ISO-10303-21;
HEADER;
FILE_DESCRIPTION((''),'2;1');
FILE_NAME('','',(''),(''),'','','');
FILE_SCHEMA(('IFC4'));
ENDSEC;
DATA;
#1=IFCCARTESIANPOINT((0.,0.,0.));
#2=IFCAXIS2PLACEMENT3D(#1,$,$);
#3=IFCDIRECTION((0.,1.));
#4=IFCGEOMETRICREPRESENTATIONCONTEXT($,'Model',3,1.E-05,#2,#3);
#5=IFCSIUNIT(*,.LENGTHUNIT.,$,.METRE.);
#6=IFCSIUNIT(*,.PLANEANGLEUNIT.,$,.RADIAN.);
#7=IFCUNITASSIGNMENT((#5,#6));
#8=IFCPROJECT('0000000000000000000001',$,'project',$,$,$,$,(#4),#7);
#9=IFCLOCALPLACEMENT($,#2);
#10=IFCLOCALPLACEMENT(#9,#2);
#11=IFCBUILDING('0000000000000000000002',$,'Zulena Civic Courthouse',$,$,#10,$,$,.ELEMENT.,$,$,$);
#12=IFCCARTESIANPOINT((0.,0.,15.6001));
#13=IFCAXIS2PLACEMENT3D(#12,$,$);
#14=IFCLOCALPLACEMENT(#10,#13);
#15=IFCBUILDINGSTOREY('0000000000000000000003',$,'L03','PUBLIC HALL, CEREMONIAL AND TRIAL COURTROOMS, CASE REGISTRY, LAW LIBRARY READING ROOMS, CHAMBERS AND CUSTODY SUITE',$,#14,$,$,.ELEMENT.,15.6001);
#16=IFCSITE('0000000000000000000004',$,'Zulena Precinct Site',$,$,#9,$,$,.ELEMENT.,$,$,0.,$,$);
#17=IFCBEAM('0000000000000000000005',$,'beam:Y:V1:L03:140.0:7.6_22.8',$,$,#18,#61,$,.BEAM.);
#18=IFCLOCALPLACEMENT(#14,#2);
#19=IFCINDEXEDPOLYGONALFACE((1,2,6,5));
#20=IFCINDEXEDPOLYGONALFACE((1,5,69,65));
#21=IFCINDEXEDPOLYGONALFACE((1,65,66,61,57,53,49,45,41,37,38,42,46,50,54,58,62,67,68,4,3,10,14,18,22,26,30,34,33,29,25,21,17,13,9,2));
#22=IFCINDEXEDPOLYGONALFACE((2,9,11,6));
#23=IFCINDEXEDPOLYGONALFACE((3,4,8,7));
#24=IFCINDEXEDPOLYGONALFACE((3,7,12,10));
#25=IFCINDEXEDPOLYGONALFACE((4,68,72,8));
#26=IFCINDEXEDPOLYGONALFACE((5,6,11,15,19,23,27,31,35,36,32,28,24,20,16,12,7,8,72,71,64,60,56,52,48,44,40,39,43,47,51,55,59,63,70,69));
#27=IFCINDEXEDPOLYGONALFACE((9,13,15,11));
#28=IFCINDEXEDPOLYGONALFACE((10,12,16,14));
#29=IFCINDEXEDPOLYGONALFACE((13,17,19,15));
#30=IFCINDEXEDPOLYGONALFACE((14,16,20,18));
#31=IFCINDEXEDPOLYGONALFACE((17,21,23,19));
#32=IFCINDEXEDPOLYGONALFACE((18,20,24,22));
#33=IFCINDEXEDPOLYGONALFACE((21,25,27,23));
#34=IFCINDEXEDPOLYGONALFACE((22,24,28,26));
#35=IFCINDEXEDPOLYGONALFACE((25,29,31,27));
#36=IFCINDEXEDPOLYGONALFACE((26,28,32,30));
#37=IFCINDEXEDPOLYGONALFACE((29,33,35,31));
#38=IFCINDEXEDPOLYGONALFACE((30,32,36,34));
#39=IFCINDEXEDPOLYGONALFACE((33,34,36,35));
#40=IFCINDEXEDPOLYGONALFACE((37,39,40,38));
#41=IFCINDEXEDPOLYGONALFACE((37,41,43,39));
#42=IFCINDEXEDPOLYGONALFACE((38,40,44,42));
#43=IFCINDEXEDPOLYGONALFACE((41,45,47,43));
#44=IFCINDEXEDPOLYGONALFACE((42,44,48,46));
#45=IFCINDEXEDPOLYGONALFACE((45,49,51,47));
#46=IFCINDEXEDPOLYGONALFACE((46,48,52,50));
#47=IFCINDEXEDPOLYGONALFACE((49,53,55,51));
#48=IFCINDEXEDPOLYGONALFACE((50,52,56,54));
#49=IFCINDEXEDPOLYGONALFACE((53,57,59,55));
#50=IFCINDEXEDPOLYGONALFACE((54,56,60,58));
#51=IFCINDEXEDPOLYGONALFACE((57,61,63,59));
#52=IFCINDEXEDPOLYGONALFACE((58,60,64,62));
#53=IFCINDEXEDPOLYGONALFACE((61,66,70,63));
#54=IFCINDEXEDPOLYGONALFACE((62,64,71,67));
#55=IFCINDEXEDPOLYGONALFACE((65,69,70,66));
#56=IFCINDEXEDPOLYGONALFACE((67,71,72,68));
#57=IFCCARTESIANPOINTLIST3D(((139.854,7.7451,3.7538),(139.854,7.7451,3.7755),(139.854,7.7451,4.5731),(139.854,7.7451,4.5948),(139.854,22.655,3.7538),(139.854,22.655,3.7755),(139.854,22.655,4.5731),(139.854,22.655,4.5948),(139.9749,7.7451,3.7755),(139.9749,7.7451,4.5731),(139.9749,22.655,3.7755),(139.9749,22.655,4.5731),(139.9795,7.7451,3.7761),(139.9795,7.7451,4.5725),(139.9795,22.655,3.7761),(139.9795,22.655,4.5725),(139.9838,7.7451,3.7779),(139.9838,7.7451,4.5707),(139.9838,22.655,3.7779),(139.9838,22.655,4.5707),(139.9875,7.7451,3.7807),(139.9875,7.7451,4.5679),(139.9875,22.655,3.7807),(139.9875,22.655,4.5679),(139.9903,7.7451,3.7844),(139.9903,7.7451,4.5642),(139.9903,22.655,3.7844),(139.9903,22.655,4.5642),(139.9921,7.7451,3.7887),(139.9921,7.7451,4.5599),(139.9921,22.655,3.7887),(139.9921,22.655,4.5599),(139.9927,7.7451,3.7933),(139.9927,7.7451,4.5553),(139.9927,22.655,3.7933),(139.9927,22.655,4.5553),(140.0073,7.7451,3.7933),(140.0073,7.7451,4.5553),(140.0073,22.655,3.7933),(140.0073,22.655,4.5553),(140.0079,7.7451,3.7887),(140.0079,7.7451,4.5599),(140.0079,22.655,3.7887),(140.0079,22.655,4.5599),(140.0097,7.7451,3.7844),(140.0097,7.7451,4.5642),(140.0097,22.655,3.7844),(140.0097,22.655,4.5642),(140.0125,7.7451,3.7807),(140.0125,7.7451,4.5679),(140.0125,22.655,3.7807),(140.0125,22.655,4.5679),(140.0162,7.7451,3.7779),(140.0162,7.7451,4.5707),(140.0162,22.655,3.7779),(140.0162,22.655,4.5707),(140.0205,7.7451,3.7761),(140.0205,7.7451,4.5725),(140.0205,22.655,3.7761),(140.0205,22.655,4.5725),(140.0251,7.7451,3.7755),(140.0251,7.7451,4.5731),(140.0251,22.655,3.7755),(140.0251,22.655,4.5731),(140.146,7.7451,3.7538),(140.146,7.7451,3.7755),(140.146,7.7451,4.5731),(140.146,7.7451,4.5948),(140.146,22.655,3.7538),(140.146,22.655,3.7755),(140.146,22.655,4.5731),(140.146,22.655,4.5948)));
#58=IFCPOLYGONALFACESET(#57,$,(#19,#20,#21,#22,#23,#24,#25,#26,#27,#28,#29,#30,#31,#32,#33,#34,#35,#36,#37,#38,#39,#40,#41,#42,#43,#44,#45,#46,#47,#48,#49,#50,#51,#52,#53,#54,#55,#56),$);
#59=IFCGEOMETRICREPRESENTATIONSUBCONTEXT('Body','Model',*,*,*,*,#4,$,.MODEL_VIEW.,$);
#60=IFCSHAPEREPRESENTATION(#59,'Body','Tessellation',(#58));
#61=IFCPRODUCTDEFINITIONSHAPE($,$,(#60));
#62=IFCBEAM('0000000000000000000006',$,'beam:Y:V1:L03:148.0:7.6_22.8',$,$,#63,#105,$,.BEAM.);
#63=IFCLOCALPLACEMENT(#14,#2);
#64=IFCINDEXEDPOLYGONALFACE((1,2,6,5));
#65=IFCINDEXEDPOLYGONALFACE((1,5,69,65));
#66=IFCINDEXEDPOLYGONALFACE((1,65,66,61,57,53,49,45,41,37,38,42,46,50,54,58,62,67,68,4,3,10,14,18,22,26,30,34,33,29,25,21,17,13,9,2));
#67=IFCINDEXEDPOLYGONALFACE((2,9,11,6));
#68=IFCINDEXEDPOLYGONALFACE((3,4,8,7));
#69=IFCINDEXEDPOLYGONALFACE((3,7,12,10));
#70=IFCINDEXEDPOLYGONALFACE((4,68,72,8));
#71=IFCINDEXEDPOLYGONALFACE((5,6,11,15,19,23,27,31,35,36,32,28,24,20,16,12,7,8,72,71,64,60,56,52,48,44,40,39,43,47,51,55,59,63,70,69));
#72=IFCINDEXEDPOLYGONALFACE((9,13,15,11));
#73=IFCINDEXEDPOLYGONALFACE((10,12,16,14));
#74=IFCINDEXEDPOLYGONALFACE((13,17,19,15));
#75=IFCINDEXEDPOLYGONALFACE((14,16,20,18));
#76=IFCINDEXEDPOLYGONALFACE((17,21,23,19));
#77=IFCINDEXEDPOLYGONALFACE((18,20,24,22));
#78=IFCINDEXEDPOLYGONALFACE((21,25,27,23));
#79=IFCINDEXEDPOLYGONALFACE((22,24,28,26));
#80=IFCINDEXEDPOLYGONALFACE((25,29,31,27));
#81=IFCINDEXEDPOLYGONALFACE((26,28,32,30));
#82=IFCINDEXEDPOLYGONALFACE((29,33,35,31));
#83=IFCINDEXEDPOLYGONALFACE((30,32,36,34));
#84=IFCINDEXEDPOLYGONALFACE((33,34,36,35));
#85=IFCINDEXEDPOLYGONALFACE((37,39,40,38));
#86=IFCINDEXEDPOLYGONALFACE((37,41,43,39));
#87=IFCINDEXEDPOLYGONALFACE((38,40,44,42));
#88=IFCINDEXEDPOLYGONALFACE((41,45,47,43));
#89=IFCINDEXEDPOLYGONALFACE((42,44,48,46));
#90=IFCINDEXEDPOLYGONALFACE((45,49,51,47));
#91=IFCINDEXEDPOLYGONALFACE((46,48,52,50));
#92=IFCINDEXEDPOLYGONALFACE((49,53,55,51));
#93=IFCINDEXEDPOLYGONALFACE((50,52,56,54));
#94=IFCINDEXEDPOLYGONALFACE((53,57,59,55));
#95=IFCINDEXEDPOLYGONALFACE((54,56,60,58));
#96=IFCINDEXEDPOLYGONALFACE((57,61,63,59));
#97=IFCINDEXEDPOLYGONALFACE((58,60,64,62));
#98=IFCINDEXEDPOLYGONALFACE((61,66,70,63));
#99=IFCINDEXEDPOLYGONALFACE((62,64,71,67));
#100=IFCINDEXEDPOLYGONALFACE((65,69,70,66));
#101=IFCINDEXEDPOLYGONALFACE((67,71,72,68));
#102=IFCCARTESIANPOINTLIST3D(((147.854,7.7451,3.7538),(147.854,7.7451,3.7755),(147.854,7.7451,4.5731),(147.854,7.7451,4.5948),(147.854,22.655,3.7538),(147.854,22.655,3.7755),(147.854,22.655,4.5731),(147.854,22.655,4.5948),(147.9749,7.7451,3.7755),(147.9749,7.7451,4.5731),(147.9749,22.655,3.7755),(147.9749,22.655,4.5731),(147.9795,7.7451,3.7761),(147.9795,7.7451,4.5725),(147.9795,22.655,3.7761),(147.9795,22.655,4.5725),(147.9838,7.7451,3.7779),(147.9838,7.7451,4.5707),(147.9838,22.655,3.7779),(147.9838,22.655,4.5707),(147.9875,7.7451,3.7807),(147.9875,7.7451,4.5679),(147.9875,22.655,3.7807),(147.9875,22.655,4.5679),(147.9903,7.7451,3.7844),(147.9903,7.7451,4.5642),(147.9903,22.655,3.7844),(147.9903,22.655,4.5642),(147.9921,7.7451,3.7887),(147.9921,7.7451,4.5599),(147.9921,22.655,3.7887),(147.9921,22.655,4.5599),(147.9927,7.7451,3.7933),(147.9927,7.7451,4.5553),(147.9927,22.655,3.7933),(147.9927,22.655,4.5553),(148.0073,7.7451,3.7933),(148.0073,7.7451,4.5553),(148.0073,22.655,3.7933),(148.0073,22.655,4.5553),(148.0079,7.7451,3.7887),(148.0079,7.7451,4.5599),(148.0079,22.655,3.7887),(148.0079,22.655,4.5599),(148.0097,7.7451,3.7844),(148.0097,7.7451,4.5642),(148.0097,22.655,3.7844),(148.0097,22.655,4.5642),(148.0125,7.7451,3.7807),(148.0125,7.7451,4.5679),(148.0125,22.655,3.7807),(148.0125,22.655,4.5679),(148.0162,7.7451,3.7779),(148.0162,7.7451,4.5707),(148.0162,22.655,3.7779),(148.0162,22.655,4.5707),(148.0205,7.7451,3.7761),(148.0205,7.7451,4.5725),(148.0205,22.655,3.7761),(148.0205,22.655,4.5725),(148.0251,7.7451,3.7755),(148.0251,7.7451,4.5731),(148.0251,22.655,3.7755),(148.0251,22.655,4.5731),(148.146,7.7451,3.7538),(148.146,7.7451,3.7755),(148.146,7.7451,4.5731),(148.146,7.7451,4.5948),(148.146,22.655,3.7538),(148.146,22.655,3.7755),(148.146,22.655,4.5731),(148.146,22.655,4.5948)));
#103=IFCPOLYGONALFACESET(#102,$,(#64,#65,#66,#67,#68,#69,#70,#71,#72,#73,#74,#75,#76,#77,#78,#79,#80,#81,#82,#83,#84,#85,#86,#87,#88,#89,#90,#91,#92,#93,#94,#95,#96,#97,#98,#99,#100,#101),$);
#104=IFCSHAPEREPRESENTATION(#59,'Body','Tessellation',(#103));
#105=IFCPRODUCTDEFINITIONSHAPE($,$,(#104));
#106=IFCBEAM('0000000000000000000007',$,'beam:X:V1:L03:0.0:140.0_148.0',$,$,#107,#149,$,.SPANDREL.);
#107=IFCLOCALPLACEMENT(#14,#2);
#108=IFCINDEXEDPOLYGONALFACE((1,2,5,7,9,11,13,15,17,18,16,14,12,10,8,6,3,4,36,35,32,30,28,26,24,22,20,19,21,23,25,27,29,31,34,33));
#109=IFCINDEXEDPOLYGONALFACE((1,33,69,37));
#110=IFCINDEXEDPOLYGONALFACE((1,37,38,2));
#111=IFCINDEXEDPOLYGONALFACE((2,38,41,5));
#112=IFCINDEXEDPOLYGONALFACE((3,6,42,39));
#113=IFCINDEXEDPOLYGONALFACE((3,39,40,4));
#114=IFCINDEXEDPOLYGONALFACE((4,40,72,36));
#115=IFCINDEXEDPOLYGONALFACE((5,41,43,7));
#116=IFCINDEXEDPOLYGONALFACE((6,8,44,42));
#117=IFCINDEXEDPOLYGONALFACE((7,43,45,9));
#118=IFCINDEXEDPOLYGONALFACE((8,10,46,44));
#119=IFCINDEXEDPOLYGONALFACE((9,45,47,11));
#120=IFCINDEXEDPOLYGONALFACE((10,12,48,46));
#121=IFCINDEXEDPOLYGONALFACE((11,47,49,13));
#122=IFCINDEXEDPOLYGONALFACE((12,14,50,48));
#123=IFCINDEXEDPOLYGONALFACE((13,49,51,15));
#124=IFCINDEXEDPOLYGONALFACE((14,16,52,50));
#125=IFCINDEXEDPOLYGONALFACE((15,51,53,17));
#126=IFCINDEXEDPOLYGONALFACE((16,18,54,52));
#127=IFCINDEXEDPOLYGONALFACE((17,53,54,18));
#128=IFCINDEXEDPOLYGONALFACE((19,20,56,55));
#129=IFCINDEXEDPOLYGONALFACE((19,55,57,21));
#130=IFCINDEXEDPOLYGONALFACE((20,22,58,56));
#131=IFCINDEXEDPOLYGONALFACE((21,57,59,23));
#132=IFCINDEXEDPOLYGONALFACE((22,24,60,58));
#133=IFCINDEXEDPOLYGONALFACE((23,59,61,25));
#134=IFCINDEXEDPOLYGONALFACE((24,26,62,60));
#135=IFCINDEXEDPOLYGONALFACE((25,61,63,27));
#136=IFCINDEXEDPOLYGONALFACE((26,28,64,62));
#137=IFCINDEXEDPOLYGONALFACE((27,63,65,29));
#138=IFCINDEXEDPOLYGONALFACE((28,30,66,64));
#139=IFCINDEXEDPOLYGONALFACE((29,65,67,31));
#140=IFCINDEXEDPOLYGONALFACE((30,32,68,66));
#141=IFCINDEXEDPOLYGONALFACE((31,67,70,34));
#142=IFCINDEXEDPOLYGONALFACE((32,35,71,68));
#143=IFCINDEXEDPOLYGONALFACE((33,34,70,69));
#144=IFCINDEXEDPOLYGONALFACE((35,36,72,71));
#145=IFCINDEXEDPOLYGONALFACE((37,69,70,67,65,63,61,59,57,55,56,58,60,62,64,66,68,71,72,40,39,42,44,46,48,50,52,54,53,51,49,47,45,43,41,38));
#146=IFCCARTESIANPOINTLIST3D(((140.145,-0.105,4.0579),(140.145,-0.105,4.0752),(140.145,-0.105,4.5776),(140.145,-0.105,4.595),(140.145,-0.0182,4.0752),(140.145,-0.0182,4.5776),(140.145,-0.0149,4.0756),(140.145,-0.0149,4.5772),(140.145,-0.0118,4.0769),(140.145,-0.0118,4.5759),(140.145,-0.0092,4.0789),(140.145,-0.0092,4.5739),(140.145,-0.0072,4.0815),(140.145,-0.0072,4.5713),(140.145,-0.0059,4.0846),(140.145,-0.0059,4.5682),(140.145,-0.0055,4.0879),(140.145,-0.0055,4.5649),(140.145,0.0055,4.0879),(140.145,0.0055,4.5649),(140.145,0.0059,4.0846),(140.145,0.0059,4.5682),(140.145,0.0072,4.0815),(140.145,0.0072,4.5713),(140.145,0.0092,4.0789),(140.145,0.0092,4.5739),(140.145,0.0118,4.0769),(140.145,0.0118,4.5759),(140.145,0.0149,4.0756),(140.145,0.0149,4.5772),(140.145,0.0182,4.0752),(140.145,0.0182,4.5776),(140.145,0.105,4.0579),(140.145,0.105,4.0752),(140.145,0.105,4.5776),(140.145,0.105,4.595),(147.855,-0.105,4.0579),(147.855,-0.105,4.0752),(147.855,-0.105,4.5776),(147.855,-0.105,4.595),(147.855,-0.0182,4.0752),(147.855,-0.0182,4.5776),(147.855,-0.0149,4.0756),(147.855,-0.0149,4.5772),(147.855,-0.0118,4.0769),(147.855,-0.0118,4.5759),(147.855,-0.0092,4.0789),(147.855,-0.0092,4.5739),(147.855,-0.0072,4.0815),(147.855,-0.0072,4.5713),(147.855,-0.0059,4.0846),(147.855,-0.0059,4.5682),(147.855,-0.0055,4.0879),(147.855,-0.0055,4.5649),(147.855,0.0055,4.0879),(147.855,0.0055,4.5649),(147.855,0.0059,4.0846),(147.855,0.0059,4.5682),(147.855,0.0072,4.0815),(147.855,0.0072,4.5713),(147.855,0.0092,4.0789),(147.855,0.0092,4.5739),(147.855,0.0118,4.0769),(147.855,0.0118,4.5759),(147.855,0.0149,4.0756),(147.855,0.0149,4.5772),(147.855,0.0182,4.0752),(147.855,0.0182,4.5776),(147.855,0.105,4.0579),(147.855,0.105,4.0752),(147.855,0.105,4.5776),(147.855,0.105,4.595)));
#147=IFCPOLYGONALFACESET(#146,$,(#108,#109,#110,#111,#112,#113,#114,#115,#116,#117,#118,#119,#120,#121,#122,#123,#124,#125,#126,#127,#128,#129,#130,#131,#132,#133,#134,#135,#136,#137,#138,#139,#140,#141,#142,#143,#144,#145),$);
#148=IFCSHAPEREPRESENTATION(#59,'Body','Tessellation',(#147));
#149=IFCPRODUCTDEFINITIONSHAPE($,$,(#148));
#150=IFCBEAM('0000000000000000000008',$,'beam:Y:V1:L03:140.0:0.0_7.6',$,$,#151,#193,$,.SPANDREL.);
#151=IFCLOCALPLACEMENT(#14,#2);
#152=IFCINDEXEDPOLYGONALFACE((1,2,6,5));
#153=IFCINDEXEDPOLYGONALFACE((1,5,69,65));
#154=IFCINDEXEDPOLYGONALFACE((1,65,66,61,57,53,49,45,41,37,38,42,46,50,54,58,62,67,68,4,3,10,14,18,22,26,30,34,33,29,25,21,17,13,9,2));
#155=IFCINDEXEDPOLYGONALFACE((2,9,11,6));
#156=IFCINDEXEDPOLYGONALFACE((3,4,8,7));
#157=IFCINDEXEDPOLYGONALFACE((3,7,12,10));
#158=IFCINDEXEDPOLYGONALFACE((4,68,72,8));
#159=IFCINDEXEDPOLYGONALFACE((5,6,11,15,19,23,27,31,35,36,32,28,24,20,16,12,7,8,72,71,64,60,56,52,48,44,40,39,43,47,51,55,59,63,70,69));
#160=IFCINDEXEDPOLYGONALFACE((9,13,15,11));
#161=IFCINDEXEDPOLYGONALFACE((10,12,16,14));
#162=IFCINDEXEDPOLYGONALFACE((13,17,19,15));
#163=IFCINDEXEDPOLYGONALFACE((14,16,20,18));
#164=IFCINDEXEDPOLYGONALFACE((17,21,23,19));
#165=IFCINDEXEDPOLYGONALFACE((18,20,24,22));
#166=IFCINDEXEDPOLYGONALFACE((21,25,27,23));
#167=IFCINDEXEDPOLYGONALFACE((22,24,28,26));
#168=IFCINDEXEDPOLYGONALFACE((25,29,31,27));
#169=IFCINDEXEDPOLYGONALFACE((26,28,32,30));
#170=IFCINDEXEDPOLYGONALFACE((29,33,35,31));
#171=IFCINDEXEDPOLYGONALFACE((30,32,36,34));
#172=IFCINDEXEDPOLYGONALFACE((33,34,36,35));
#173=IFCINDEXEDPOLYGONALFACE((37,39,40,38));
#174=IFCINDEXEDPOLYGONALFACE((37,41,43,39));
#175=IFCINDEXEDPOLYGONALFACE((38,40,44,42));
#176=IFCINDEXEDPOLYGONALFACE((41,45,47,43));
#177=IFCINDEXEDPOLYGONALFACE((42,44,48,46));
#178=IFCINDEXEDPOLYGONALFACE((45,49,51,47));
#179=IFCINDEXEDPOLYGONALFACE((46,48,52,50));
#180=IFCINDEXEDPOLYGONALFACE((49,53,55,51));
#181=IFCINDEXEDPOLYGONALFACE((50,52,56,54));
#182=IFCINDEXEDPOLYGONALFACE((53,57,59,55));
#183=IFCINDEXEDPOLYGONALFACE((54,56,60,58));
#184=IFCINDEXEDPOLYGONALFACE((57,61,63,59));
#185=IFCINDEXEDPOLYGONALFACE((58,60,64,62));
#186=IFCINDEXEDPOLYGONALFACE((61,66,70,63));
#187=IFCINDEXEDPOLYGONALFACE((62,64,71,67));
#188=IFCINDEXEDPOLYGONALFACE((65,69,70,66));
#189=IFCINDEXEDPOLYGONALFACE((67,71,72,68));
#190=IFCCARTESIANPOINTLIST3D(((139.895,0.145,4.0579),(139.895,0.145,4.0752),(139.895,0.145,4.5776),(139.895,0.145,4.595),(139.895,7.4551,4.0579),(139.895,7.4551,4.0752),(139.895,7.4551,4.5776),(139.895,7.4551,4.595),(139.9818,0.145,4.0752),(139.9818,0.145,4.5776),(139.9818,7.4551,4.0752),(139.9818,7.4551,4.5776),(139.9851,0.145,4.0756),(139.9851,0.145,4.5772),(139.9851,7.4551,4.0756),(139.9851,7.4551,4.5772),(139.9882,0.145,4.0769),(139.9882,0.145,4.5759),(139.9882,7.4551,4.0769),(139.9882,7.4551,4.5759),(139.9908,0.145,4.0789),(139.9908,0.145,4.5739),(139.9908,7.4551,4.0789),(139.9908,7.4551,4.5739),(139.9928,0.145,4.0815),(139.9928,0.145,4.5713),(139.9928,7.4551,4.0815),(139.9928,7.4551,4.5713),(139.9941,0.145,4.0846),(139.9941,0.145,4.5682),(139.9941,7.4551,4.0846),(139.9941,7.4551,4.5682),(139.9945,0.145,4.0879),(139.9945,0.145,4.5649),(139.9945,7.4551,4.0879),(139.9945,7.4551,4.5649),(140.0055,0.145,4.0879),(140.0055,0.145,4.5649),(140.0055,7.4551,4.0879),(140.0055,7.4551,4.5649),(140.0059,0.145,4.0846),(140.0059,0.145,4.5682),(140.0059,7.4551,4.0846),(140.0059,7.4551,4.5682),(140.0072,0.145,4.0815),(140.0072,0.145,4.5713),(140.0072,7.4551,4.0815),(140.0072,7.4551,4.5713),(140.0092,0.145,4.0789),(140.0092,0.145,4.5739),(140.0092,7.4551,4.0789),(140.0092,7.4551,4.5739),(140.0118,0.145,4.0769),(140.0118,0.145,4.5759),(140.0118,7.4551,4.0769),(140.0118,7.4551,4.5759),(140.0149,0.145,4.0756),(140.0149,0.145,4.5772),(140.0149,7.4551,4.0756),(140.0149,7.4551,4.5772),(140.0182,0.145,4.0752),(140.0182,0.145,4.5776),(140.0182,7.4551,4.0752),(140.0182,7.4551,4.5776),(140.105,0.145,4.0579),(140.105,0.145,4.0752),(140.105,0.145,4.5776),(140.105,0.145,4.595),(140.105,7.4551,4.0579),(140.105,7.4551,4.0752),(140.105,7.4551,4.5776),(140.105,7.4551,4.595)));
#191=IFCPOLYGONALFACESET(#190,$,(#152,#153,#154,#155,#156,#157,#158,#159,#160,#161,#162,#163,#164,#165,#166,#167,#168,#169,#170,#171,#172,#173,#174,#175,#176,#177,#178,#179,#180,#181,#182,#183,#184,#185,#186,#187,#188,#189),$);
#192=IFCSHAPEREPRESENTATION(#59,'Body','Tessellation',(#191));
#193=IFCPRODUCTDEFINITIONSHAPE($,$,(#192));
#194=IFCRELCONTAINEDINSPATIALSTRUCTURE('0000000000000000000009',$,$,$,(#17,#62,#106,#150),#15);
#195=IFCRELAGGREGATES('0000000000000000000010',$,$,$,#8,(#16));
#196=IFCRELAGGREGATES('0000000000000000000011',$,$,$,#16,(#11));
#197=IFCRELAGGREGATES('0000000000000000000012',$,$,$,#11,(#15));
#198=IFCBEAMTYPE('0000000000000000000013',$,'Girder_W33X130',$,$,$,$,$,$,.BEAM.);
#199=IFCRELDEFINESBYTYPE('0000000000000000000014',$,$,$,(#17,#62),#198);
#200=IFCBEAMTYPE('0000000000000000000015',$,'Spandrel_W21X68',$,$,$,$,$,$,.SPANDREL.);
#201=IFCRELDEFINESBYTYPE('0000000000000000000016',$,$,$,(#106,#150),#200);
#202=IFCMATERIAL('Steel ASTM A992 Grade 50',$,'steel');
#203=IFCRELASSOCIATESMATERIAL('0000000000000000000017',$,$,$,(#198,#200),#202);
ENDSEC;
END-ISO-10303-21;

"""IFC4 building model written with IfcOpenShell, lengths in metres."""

from ifc_helpers import new_model, si_unit, direction, frame, origin, origin_2d, place, context, subcontext, project, spatial, i_section, extrude, material, material_profile, profile_set, type_object, element, save


model = new_model("IFC4")

# Units and contexts
model_context = context("Model", 3, precision=1e-05, world=origin(), true_north=direction((0.0, 1.0)))
body_context = subcontext(model_context, "Body", "Model", "MODEL_VIEW")
ifc_project = project(units=[si_unit("LENGTHUNIT", "METRE"), si_unit("PLANEANGLEUNIT", "RADIAN")], contexts=[model_context])

# Site, building, storey
site_placement = place(None, origin())
site = spatial("IfcSite", under=ifc_project, at=site_placement, Name="Zulena Precinct Site", CompositionType="ELEMENT", RefElevation=0.0)
building_placement = place(site_placement, origin())
building = spatial("IfcBuilding", under=site, at=building_placement, Name="Zulena Civic Courthouse", CompositionType="ELEMENT")
storey_placement = place(building_placement, frame((0.0, 0.0, 15.6001)))
storey = spatial("IfcBuildingStorey", under=building, at=storey_placement, Name="L03", Description="PUBLIC HALL, CEREMONIAL AND TRIAL COURTROOMS, CASE REGISTRY, LAW LIBRARY READING ROOMS, CHAMBERS AND CUSTODY SUITE", CompositionType="ELEMENT", Elevation=15.6001)

# Shared definitions
ifc_material_1 = material(Name="Steel ASTM A992 Grade 50", Category="steel")

# Beams
ifc_material_profile_1 = material_profile(ifc_material_1, i_section(OverallWidth=0.292, OverallDepth=0.8411, WebThickness=0.0146, FlangeThickness=0.0217, FilletRadius=0.0178, at=origin_2d()), Name="W33X130")
ifc_profile_set_1 = profile_set([ifc_material_profile_1], Name="Steel ASTM A992 Grade 50")
beam_type_1 = type_object("IfcBeamType", Name="Girder_W33X130", PredefinedType="BEAM", material=ifc_profile_set_1)
for number, where, z_axis, x_axis, name in (
    (1, (140.0, 7.7451, 4.1743), (0.0, 1.0, 0.0), (-1.0, 0.0, 0.0), "beam:Y:V1:L03:140.0:7.6_22.8"),
    (2, (148.0, 7.7451, 4.1743), (0.0, 1.0, 0.0), (-1.0, 0.0, 0.0), "beam:Y:V1:L03:148.0:7.6_22.8"),
):
    element("IfcBeam", number, at=place(storey_placement, frame(where, z_axis=z_axis, x_axis=x_axis)), inside=storey, type_object=beam_type_1, Name=name, PredefinedType="BEAM", context=body_context, shape_type="SweptSolid", body=[
        extrude(i_section(OverallWidth=0.292, OverallDepth=0.8411, WebThickness=0.0146, FlangeThickness=0.0217, FilletRadius=0.0178, at=origin_2d()), origin(), (0.0, 0.0, 1.0), 14.9099),
    ])
ifc_material_profile_2 = material_profile(ifc_material_1, i_section(OverallWidth=0.21, OverallDepth=0.5371, WebThickness=0.011, FlangeThickness=0.0173, FilletRadius=0.0127, at=origin_2d()), Name="W21X68")
ifc_profile_set_2 = profile_set([ifc_material_profile_2], Name="Steel ASTM A992 Grade 50")
beam_type_2 = type_object("IfcBeamType", Name="Spandrel_W21X68", PredefinedType="SPANDREL", material=ifc_profile_set_2)
beam_1_placement = place(storey_placement, frame((140.145, 0.0, 4.3264), z_axis=(1.0, 0.0, 0.0), x_axis=(0.0, 1.0, 0.0)))
element("IfcBeam", 3, at=beam_1_placement, inside=storey, type_object=beam_type_2, Name="beam:X:V1:L03:0.0:140.0_148.0", PredefinedType="SPANDREL", context=body_context, shape_type="SweptSolid", body=[
    extrude(i_section(OverallWidth=0.21, OverallDepth=0.5371, WebThickness=0.011, FlangeThickness=0.0173, FilletRadius=0.0127, at=origin_2d()), origin(), (0.0, 0.0, 1.0), 7.71),
])
for number, where, z_axis, x_axis, name in (
    (4, (140.0, 0.145, 4.3264), (0.0, 1.0, 0.0), (-1.0, 0.0, 0.0), "beam:Y:V1:L03:140.0:0.0_7.6"),
):
    element("IfcBeam", number, at=place(storey_placement, frame(where, z_axis=z_axis, x_axis=x_axis)), inside=storey, type_object=beam_type_2, Name=name, PredefinedType="SPANDREL", context=body_context, shape_type="SweptSolid", body=[
        extrude(i_section(OverallWidth=0.21, OverallDepth=0.5371, WebThickness=0.011, FlangeThickness=0.0173, FilletRadius=0.0127, at=origin_2d()), origin(), (0.0, 0.0, 1.0), 7.3101),
    ])

save(model, "model.ifc")
